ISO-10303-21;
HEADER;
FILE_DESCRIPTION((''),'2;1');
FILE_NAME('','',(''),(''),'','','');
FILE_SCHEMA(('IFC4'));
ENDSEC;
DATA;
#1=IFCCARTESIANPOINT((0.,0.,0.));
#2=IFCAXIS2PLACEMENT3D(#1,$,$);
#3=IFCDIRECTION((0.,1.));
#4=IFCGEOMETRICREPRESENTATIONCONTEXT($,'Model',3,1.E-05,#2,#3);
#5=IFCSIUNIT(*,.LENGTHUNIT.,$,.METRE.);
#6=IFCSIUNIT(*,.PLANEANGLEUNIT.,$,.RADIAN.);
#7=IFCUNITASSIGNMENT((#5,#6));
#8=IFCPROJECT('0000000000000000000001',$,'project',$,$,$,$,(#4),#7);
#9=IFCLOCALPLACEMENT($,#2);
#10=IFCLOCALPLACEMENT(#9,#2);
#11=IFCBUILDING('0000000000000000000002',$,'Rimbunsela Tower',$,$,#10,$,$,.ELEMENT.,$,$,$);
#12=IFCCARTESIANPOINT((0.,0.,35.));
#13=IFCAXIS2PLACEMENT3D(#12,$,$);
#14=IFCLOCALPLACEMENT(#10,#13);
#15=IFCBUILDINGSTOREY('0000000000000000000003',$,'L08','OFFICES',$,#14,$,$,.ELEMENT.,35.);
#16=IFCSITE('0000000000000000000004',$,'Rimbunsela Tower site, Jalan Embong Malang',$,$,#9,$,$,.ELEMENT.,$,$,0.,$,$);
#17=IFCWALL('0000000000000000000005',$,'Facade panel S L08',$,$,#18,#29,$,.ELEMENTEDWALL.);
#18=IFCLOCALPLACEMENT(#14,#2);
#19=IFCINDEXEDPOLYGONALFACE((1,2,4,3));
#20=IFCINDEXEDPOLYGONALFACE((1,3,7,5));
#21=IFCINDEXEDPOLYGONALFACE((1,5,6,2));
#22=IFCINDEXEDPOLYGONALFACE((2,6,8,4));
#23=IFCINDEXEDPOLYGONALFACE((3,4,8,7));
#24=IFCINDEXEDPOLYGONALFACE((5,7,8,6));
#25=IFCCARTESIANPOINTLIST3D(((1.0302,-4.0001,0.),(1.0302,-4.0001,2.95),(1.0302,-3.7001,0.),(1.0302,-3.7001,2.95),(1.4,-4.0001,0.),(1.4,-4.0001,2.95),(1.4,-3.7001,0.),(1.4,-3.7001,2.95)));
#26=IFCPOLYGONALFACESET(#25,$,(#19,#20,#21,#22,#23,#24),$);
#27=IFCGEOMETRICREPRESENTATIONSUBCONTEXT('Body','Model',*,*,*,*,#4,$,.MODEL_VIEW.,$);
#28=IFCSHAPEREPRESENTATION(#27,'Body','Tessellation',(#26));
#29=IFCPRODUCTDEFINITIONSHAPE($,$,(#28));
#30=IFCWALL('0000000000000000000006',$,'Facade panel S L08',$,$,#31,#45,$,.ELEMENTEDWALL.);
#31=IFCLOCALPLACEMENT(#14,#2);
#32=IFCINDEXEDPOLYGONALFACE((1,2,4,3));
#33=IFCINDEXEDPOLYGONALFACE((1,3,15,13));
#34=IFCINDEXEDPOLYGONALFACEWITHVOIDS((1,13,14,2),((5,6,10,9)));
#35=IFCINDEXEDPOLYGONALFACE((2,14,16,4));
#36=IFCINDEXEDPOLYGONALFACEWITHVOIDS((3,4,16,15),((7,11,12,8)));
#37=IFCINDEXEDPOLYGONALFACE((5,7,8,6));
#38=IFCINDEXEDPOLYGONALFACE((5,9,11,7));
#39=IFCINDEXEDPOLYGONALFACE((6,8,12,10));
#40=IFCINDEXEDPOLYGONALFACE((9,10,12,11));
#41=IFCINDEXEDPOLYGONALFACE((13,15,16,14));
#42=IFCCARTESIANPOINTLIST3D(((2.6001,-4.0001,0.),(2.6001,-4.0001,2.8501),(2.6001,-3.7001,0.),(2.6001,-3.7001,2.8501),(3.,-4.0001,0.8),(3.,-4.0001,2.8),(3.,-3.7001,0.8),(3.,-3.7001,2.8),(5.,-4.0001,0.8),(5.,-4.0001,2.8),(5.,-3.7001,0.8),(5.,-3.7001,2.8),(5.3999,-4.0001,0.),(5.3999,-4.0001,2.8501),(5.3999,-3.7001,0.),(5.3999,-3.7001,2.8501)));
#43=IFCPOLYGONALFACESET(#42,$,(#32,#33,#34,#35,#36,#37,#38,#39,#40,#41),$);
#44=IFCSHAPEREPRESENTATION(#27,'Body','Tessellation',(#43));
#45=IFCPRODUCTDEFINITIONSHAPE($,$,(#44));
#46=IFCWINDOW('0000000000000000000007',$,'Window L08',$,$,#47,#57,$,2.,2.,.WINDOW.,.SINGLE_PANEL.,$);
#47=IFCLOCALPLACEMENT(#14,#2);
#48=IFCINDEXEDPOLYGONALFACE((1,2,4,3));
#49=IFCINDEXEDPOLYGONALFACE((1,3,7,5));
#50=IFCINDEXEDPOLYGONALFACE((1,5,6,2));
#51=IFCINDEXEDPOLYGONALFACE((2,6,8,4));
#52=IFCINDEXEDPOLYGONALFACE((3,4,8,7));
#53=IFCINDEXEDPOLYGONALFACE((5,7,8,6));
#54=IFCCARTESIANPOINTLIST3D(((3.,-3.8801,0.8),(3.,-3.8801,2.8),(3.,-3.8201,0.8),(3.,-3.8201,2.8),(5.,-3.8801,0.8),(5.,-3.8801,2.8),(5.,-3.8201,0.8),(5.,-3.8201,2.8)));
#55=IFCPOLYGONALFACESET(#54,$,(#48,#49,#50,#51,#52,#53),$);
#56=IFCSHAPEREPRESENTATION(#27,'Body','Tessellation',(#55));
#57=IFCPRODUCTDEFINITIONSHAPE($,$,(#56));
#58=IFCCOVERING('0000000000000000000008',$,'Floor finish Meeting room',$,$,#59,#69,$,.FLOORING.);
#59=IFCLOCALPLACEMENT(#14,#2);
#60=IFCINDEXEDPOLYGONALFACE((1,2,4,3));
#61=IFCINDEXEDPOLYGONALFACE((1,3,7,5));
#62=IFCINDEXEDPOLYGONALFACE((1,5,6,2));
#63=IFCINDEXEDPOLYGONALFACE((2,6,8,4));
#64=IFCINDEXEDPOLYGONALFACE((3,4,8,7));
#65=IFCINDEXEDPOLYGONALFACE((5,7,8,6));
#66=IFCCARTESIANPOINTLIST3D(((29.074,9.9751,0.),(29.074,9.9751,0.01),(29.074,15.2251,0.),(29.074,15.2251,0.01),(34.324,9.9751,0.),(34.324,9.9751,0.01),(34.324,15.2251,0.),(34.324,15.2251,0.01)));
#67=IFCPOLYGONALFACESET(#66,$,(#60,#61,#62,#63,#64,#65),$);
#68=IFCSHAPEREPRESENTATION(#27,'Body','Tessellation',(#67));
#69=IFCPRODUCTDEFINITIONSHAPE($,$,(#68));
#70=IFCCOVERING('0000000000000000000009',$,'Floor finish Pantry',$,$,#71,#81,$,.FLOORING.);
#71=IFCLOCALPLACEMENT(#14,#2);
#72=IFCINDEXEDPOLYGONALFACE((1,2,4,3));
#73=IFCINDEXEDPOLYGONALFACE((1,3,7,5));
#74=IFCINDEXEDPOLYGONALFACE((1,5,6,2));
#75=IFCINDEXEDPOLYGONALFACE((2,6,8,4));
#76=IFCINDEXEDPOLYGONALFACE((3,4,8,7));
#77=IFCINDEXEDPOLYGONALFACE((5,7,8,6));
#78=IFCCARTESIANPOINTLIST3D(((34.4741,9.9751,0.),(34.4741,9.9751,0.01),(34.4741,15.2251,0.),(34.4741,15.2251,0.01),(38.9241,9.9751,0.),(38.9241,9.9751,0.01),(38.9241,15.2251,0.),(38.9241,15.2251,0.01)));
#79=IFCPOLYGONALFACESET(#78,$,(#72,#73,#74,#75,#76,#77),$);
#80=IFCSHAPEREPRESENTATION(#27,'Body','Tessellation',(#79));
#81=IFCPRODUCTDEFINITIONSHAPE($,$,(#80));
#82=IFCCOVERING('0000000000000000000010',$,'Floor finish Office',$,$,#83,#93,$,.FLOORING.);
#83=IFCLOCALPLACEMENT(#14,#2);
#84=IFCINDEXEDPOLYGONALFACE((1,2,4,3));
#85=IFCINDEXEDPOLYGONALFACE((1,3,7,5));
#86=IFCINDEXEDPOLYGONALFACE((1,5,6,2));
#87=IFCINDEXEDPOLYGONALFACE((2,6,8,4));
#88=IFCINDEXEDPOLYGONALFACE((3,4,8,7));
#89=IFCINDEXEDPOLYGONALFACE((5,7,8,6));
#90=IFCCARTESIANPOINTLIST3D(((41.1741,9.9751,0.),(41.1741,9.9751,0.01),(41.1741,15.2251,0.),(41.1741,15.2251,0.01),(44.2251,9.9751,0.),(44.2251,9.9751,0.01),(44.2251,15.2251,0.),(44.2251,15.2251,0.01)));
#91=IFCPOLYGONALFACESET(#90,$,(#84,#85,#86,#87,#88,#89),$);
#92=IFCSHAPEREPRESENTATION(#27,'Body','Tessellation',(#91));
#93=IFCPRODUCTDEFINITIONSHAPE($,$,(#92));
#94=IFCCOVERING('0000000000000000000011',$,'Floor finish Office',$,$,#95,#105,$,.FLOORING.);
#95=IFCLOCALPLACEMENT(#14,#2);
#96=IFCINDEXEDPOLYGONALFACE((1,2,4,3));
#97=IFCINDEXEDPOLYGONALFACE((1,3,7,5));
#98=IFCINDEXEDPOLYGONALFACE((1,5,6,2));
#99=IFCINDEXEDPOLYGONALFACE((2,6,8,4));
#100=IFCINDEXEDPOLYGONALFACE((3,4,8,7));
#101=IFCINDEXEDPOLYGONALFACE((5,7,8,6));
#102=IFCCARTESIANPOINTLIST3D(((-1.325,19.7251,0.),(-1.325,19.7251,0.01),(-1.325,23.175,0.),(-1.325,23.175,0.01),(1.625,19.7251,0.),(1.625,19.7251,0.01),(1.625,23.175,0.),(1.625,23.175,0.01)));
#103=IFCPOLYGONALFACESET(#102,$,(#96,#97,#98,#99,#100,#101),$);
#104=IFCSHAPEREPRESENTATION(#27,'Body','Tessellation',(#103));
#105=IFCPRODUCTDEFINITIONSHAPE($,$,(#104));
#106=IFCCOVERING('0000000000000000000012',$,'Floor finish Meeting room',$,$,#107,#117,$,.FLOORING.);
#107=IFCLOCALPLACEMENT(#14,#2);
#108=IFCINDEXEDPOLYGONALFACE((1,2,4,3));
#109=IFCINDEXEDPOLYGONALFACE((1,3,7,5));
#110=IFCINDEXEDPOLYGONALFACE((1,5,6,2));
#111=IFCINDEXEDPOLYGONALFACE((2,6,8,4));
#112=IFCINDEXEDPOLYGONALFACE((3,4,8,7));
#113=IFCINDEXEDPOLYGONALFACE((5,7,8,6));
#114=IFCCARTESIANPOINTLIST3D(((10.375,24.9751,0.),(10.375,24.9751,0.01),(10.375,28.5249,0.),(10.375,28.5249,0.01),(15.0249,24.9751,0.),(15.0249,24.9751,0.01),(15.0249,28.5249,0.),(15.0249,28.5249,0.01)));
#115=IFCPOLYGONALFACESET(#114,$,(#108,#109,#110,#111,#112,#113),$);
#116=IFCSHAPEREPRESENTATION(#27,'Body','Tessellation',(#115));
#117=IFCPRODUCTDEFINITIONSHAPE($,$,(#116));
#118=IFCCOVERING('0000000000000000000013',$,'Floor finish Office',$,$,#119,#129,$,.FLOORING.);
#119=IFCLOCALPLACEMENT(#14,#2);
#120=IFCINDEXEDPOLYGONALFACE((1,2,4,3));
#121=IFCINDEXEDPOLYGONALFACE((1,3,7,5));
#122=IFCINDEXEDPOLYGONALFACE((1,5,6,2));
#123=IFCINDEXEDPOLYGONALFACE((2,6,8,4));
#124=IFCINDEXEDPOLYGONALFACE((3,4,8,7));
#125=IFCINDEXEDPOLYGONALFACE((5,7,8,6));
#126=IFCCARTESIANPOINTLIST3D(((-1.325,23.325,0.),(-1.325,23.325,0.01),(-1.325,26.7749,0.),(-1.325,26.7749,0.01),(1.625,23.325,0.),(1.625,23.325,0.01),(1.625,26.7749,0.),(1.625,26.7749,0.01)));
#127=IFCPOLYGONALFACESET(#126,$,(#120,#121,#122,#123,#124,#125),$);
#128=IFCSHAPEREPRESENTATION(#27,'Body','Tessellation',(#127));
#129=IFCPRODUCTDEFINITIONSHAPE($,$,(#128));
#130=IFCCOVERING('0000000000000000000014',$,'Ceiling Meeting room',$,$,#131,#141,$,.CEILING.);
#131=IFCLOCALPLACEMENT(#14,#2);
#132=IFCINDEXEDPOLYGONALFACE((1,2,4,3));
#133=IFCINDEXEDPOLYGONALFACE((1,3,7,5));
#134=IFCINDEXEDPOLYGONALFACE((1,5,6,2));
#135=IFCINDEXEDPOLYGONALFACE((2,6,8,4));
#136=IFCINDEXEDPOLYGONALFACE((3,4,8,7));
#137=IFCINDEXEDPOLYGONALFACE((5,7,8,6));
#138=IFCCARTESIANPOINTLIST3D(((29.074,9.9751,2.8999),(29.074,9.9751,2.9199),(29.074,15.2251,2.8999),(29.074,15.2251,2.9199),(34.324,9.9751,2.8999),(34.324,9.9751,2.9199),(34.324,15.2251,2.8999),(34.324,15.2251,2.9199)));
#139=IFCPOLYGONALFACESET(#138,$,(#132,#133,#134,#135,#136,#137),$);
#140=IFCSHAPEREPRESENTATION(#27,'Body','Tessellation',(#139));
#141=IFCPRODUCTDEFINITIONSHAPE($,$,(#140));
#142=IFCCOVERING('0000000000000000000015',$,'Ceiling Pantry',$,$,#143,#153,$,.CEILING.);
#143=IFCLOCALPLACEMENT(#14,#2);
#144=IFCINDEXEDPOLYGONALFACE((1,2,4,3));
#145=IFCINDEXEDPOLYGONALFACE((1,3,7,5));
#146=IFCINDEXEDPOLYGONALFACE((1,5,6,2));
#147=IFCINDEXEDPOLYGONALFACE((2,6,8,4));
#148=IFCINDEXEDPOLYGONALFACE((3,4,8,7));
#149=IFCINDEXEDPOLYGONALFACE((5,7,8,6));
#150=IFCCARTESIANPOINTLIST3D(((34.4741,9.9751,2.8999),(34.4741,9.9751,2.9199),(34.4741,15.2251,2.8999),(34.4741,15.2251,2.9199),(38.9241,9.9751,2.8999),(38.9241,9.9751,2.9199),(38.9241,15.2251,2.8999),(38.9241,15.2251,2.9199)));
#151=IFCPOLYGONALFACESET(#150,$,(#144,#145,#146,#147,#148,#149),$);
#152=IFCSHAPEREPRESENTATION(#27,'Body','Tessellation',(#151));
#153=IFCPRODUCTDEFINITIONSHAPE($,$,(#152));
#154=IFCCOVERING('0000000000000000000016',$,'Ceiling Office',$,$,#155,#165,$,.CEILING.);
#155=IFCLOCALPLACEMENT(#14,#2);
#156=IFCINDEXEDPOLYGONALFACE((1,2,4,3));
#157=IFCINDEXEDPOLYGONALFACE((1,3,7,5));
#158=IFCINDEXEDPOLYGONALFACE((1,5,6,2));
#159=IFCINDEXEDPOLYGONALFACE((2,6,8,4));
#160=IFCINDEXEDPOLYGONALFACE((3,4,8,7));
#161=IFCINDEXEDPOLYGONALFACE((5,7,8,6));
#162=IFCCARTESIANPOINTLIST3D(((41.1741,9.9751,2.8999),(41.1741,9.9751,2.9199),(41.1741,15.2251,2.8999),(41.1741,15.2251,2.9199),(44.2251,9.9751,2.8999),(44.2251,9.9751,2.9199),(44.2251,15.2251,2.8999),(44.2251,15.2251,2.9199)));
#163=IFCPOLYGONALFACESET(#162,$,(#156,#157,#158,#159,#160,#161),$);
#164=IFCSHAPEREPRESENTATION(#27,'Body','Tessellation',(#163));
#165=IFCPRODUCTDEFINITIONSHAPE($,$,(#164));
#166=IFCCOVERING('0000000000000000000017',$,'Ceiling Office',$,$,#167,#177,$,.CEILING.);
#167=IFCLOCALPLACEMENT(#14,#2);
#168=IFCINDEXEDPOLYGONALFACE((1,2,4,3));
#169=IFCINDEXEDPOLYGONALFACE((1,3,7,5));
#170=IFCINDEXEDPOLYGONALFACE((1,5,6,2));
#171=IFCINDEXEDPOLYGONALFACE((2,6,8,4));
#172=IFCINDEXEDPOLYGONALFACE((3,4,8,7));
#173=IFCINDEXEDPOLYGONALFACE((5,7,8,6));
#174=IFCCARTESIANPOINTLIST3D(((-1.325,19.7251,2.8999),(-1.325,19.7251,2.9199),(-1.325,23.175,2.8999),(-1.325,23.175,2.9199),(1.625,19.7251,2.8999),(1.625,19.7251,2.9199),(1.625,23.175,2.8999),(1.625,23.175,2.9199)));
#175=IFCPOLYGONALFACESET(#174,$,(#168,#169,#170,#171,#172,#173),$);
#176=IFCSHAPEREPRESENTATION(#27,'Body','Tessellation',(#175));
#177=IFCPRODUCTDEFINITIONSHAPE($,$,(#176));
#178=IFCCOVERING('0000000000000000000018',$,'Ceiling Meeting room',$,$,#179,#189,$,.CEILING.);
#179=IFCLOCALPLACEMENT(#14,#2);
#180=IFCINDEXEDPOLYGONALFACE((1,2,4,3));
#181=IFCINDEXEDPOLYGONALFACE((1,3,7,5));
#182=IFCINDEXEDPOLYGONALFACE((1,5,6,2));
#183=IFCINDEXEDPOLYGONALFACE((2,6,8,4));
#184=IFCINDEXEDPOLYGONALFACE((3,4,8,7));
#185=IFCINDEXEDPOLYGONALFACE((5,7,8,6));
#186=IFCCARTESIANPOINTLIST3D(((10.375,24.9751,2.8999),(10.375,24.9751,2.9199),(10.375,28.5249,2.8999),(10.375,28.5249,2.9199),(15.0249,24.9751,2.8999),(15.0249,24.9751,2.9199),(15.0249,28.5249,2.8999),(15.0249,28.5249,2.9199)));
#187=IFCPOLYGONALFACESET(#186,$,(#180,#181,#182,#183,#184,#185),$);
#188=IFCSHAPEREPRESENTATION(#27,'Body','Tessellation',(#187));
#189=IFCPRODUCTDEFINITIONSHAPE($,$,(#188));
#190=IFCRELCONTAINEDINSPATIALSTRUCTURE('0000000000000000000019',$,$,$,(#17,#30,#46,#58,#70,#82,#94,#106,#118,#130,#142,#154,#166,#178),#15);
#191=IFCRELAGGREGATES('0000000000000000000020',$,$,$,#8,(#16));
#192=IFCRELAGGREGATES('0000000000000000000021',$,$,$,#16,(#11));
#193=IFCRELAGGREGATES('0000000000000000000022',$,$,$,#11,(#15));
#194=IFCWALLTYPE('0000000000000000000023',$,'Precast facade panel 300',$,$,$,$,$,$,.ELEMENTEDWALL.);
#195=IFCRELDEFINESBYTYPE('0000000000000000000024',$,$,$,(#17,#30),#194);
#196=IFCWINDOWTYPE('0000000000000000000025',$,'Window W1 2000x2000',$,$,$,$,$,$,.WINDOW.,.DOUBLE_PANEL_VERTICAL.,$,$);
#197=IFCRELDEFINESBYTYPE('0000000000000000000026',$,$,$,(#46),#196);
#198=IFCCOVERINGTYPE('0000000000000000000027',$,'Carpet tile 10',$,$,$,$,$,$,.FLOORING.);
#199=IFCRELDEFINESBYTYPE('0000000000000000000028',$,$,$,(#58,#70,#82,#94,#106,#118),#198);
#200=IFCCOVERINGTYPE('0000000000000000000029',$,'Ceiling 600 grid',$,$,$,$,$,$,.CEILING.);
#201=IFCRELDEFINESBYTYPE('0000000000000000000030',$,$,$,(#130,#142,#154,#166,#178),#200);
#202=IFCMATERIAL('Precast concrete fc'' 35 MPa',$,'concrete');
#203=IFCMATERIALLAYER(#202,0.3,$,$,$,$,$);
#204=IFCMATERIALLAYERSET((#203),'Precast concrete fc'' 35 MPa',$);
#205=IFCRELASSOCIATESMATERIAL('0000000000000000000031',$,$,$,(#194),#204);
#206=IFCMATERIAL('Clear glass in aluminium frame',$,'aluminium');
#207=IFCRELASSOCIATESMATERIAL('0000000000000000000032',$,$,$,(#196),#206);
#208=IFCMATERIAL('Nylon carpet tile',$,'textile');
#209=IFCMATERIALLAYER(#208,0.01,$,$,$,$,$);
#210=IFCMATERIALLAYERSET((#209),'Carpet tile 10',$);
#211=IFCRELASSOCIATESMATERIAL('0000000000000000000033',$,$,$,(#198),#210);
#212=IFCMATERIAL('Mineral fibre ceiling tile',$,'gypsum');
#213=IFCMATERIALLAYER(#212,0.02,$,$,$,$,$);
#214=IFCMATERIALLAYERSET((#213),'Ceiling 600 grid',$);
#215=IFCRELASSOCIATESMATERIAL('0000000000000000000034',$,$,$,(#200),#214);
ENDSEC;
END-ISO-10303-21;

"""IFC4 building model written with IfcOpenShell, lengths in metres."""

from ifc_helpers import new_model, si_unit, direction, frame, frame_2d, origin, place, context, subcontext, project, spatial, polyline, rectangle, outline, extrude, material, layer, layer_set, type_object, element, fill, save


model = new_model("IFC4")

# Units and contexts
model_context = context("Model", 3, precision=1e-05, world=origin(), true_north=direction((0.0, 1.0)))
body_context = subcontext(model_context, "Body", "Model", "MODEL_VIEW")
ifc_project = project(units=[si_unit("LENGTHUNIT", "METRE"), si_unit("PLANEANGLEUNIT", "RADIAN")], contexts=[model_context])

# Site, building, storey
site_placement = place(None, origin())
site = spatial("IfcSite", under=ifc_project, at=site_placement, Name="Rimbunsela Tower site, Jalan Embong Malang", CompositionType="ELEMENT", RefElevation=0.0)
building_placement = place(site_placement, origin())
building = spatial("IfcBuilding", under=site, at=building_placement, Name="Rimbunsela Tower", CompositionType="ELEMENT")
storey_placement = place(building_placement, frame((0.0, 0.0, 35.0)))
storey = spatial("IfcBuildingStorey", under=building, at=storey_placement, Name="L08", Description="OFFICES", CompositionType="ELEMENT", Elevation=35.0)

# Wall
ifc_material_1 = material(Name="Precast concrete fc' 35 MPa", Category="concrete")
ifc_layer_1 = layer(ifc_material_1, 0.3)
ifc_layer_set_1 = layer_set([ifc_layer_1], Name="Precast concrete fc' 35 MPa")
wall_type = type_object("IfcWallType", Name="Precast facade panel 300", PredefinedType="ELEMENTEDWALL", material=ifc_layer_set_1)
wall_1_placement = place(storey_placement, frame((1.03, -3.8501, 0.0), z_axis=(0.0, 0.0, 1.0), x_axis=(1.0, 0.0, 0.0)))
element("IfcWall", 1, at=wall_1_placement, inside=storey, type_object=wall_type, Name="Facade panel S L08", PredefinedType="ELEMENTEDWALL", context=body_context, shape_type="SweptSolid", body=[
    extrude(rectangle(XDim=0.3699, YDim=0.3, at=frame_2d((0.1851, 0.0))), origin(), (0.0, 0.0, 1.0), 2.95),
])

# Wall, opening, window
wall_2_placement = place(storey_placement, frame((2.6001, -3.8501, 0.0), z_axis=(0.0, 0.0, 1.0), x_axis=(1.0, 0.0, 0.0)))
wall_2 = element("IfcWall", 2, at=wall_2_placement, inside=storey, type_object=wall_type, Name="Facade panel S L08", PredefinedType="ELEMENTEDWALL", context=body_context, shape_type="SweptSolid", body=[
    extrude(rectangle(XDim=2.7998, YDim=0.3, at=frame_2d((1.3999, 0.0))), origin(), (0.0, 0.0, 1.0), 2.8501),
])
opening_placement = place(wall_2_placement, frame((0.3999, 0.0, 0.8)))
opening = element("IfcOpeningElement", 3, at=opening_placement, cuts=wall_2, PredefinedType="OPENING", context=body_context, shape_type="SweptSolid", body=[
    extrude(rectangle(XDim=2.0, YDim=2.0, at=frame_2d((1.0, 1.0))), frame((0.0, 0.1599, 0.0), z_axis=(0.0, -1.0, 0.0), x_axis=(1.0, 0.0, 0.0)), (0.0, 0.0, 1.0), 0.3201),
])
ifc_material_2 = material(Name="Clear glass in aluminium frame", Category="aluminium")
window_type = type_object("IfcWindowType", Name="Window W1 2000x2000", PartitioningType="DOUBLE_PANEL_VERTICAL", PredefinedType="WINDOW", material=ifc_material_2)
window_placement = place(opening_placement, origin())
window = element("IfcWindow", 4, at=window_placement, inside=storey, type_object=window_type, Name="Window L08", OverallHeight=2.0, OverallWidth=2.0, PartitioningType="SINGLE_PANEL", PredefinedType="WINDOW", context=body_context, shape_type="SweptSolid", body=[
    extrude(rectangle(XDim=2.0, YDim=2.0, at=frame_2d((1.0, 1.0))), frame((0.0, 0.03, 0.0), z_axis=(0.0, -1.0, 0.0), x_axis=(1.0, 0.0, 0.0)), (0.0, 0.0, 1.0), 0.0601),
])
fill(opening, window)

# Coverings
ifc_material_3 = material(Name="Nylon carpet tile", Category="textile")
ifc_layer_2 = layer(ifc_material_3, 0.01)
ifc_layer_set_2 = layer_set([ifc_layer_2], Name="Carpet tile 10")
covering_type_1 = type_object("IfcCoveringType", Name="Carpet tile 10", PredefinedType="FLOORING", material=ifc_layer_set_2)
covering_1_placement = place(storey_placement, origin())
element("IfcCovering", 5, at=covering_1_placement, inside=storey, type_object=covering_type_1, Name="Floor finish Meeting room", PredefinedType="FLOORING", context=body_context, shape_type="SweptSolid", body=[
    extrude(outline(polyline([(34.324, 9.9751), (34.324, 15.2251), (29.074, 15.2251), (29.074, 9.9751), (34.324, 9.9751)])), origin(), (0.0, 0.0, 1.0), 0.01),
])
covering_2_placement = place(storey_placement, origin())
element("IfcCovering", 6, at=covering_2_placement, inside=storey, type_object=covering_type_1, Name="Floor finish Pantry", PredefinedType="FLOORING", context=body_context, shape_type="SweptSolid", body=[
    extrude(outline(polyline([(38.9241, 9.9751), (38.9241, 15.2251), (34.4741, 15.2251), (34.4741, 9.9751), (38.9241, 9.9751)])), origin(), (0.0, 0.0, 1.0), 0.01),
])
covering_3_placement = place(storey_placement, origin())
element("IfcCovering", 7, at=covering_3_placement, inside=storey, type_object=covering_type_1, Name="Floor finish Office", PredefinedType="FLOORING", context=body_context, shape_type="SweptSolid", body=[
    extrude(outline(polyline([(44.2251, 9.9751), (44.2251, 15.2251), (41.1741, 15.2251), (41.1741, 9.9751), (44.2251, 9.9751)])), origin(), (0.0, 0.0, 1.0), 0.01),
])
covering_4_placement = place(storey_placement, origin())
element("IfcCovering", 8, at=covering_4_placement, inside=storey, type_object=covering_type_1, Name="Floor finish Office", PredefinedType="FLOORING", context=body_context, shape_type="SweptSolid", body=[
    extrude(outline(polyline([(1.625, 19.7251), (1.625, 23.175), (-1.325, 23.175), (-1.325, 19.7251), (1.625, 19.7251)])), origin(), (0.0, 0.0, 1.0), 0.01),
])
covering_5_placement = place(storey_placement, origin())
element("IfcCovering", 9, at=covering_5_placement, inside=storey, type_object=covering_type_1, Name="Floor finish Meeting room", PredefinedType="FLOORING", context=body_context, shape_type="SweptSolid", body=[
    extrude(outline(polyline([(15.0249, 24.9751), (15.0249, 28.5249), (10.375, 28.5249), (10.375, 24.9751), (15.0249, 24.9751)])), origin(), (0.0, 0.0, 1.0), 0.01),
])
covering_6_placement = place(storey_placement, origin())
element("IfcCovering", 10, at=covering_6_placement, inside=storey, type_object=covering_type_1, Name="Floor finish Office", PredefinedType="FLOORING", context=body_context, shape_type="SweptSolid", body=[
    extrude(outline(polyline([(1.625, 23.325), (1.625, 26.7749), (-1.325, 26.7749), (-1.325, 23.325), (1.625, 23.325)])), origin(), (0.0, 0.0, 1.0), 0.01),
])
ifc_material_4 = material(Name="Mineral fibre ceiling tile", Category="gypsum")
ifc_layer_3 = layer(ifc_material_4, 0.02)
ifc_layer_set_3 = layer_set([ifc_layer_3], Name="Ceiling 600 grid")
covering_type_2 = type_object("IfcCoveringType", Name="Ceiling 600 grid", PredefinedType="CEILING", material=ifc_layer_set_3)
covering_7_placement = place(storey_placement, frame((0.0, 0.0, 2.8999)))
element("IfcCovering", 11, at=covering_7_placement, inside=storey, type_object=covering_type_2, Name="Ceiling Meeting room", PredefinedType="CEILING", context=body_context, shape_type="SweptSolid", body=[
    extrude(outline(polyline([(34.324, 9.9751), (34.324, 15.2251), (29.074, 15.2251), (29.074, 9.9751), (34.324, 9.9751)])), origin(), (0.0, 0.0, 1.0), 0.02),
])
covering_8_placement = place(storey_placement, frame((0.0, 0.0, 2.8999)))
element("IfcCovering", 12, at=covering_8_placement, inside=storey, type_object=covering_type_2, Name="Ceiling Pantry", PredefinedType="CEILING", context=body_context, shape_type="SweptSolid", body=[
    extrude(outline(polyline([(38.9241, 9.9751), (38.9241, 15.2251), (34.4741, 15.2251), (34.4741, 9.9751), (38.9241, 9.9751)])), origin(), (0.0, 0.0, 1.0), 0.02),
])
covering_9_placement = place(storey_placement, frame((0.0, 0.0, 2.8999)))
element("IfcCovering", 13, at=covering_9_placement, inside=storey, type_object=covering_type_2, Name="Ceiling Office", PredefinedType="CEILING", context=body_context, shape_type="SweptSolid", body=[
    extrude(outline(polyline([(44.2251, 9.9751), (44.2251, 15.2251), (41.1741, 15.2251), (41.1741, 9.9751), (44.2251, 9.9751)])), origin(), (0.0, 0.0, 1.0), 0.02),
])
covering_10_placement = place(storey_placement, frame((0.0, 0.0, 2.8999)))
element("IfcCovering", 14, at=covering_10_placement, inside=storey, type_object=covering_type_2, Name="Ceiling Office", PredefinedType="CEILING", context=body_context, shape_type="SweptSolid", body=[
    extrude(outline(polyline([(1.625, 19.7251), (1.625, 23.175), (-1.325, 23.175), (-1.325, 19.7251), (1.625, 19.7251)])), origin(), (0.0, 0.0, 1.0), 0.02),
])
covering_11_placement = place(storey_placement, frame((0.0, 0.0, 2.8999)))
element("IfcCovering", 15, at=covering_11_placement, inside=storey, type_object=covering_type_2, Name="Ceiling Meeting room", PredefinedType="CEILING", context=body_context, shape_type="SweptSolid", body=[
    extrude(outline(polyline([(15.0249, 24.9751), (15.0249, 28.5249), (10.375, 28.5249), (10.375, 24.9751), (15.0249, 24.9751)])), origin(), (0.0, 0.0, 1.0), 0.02),
])

save(model, "model.ifc")
